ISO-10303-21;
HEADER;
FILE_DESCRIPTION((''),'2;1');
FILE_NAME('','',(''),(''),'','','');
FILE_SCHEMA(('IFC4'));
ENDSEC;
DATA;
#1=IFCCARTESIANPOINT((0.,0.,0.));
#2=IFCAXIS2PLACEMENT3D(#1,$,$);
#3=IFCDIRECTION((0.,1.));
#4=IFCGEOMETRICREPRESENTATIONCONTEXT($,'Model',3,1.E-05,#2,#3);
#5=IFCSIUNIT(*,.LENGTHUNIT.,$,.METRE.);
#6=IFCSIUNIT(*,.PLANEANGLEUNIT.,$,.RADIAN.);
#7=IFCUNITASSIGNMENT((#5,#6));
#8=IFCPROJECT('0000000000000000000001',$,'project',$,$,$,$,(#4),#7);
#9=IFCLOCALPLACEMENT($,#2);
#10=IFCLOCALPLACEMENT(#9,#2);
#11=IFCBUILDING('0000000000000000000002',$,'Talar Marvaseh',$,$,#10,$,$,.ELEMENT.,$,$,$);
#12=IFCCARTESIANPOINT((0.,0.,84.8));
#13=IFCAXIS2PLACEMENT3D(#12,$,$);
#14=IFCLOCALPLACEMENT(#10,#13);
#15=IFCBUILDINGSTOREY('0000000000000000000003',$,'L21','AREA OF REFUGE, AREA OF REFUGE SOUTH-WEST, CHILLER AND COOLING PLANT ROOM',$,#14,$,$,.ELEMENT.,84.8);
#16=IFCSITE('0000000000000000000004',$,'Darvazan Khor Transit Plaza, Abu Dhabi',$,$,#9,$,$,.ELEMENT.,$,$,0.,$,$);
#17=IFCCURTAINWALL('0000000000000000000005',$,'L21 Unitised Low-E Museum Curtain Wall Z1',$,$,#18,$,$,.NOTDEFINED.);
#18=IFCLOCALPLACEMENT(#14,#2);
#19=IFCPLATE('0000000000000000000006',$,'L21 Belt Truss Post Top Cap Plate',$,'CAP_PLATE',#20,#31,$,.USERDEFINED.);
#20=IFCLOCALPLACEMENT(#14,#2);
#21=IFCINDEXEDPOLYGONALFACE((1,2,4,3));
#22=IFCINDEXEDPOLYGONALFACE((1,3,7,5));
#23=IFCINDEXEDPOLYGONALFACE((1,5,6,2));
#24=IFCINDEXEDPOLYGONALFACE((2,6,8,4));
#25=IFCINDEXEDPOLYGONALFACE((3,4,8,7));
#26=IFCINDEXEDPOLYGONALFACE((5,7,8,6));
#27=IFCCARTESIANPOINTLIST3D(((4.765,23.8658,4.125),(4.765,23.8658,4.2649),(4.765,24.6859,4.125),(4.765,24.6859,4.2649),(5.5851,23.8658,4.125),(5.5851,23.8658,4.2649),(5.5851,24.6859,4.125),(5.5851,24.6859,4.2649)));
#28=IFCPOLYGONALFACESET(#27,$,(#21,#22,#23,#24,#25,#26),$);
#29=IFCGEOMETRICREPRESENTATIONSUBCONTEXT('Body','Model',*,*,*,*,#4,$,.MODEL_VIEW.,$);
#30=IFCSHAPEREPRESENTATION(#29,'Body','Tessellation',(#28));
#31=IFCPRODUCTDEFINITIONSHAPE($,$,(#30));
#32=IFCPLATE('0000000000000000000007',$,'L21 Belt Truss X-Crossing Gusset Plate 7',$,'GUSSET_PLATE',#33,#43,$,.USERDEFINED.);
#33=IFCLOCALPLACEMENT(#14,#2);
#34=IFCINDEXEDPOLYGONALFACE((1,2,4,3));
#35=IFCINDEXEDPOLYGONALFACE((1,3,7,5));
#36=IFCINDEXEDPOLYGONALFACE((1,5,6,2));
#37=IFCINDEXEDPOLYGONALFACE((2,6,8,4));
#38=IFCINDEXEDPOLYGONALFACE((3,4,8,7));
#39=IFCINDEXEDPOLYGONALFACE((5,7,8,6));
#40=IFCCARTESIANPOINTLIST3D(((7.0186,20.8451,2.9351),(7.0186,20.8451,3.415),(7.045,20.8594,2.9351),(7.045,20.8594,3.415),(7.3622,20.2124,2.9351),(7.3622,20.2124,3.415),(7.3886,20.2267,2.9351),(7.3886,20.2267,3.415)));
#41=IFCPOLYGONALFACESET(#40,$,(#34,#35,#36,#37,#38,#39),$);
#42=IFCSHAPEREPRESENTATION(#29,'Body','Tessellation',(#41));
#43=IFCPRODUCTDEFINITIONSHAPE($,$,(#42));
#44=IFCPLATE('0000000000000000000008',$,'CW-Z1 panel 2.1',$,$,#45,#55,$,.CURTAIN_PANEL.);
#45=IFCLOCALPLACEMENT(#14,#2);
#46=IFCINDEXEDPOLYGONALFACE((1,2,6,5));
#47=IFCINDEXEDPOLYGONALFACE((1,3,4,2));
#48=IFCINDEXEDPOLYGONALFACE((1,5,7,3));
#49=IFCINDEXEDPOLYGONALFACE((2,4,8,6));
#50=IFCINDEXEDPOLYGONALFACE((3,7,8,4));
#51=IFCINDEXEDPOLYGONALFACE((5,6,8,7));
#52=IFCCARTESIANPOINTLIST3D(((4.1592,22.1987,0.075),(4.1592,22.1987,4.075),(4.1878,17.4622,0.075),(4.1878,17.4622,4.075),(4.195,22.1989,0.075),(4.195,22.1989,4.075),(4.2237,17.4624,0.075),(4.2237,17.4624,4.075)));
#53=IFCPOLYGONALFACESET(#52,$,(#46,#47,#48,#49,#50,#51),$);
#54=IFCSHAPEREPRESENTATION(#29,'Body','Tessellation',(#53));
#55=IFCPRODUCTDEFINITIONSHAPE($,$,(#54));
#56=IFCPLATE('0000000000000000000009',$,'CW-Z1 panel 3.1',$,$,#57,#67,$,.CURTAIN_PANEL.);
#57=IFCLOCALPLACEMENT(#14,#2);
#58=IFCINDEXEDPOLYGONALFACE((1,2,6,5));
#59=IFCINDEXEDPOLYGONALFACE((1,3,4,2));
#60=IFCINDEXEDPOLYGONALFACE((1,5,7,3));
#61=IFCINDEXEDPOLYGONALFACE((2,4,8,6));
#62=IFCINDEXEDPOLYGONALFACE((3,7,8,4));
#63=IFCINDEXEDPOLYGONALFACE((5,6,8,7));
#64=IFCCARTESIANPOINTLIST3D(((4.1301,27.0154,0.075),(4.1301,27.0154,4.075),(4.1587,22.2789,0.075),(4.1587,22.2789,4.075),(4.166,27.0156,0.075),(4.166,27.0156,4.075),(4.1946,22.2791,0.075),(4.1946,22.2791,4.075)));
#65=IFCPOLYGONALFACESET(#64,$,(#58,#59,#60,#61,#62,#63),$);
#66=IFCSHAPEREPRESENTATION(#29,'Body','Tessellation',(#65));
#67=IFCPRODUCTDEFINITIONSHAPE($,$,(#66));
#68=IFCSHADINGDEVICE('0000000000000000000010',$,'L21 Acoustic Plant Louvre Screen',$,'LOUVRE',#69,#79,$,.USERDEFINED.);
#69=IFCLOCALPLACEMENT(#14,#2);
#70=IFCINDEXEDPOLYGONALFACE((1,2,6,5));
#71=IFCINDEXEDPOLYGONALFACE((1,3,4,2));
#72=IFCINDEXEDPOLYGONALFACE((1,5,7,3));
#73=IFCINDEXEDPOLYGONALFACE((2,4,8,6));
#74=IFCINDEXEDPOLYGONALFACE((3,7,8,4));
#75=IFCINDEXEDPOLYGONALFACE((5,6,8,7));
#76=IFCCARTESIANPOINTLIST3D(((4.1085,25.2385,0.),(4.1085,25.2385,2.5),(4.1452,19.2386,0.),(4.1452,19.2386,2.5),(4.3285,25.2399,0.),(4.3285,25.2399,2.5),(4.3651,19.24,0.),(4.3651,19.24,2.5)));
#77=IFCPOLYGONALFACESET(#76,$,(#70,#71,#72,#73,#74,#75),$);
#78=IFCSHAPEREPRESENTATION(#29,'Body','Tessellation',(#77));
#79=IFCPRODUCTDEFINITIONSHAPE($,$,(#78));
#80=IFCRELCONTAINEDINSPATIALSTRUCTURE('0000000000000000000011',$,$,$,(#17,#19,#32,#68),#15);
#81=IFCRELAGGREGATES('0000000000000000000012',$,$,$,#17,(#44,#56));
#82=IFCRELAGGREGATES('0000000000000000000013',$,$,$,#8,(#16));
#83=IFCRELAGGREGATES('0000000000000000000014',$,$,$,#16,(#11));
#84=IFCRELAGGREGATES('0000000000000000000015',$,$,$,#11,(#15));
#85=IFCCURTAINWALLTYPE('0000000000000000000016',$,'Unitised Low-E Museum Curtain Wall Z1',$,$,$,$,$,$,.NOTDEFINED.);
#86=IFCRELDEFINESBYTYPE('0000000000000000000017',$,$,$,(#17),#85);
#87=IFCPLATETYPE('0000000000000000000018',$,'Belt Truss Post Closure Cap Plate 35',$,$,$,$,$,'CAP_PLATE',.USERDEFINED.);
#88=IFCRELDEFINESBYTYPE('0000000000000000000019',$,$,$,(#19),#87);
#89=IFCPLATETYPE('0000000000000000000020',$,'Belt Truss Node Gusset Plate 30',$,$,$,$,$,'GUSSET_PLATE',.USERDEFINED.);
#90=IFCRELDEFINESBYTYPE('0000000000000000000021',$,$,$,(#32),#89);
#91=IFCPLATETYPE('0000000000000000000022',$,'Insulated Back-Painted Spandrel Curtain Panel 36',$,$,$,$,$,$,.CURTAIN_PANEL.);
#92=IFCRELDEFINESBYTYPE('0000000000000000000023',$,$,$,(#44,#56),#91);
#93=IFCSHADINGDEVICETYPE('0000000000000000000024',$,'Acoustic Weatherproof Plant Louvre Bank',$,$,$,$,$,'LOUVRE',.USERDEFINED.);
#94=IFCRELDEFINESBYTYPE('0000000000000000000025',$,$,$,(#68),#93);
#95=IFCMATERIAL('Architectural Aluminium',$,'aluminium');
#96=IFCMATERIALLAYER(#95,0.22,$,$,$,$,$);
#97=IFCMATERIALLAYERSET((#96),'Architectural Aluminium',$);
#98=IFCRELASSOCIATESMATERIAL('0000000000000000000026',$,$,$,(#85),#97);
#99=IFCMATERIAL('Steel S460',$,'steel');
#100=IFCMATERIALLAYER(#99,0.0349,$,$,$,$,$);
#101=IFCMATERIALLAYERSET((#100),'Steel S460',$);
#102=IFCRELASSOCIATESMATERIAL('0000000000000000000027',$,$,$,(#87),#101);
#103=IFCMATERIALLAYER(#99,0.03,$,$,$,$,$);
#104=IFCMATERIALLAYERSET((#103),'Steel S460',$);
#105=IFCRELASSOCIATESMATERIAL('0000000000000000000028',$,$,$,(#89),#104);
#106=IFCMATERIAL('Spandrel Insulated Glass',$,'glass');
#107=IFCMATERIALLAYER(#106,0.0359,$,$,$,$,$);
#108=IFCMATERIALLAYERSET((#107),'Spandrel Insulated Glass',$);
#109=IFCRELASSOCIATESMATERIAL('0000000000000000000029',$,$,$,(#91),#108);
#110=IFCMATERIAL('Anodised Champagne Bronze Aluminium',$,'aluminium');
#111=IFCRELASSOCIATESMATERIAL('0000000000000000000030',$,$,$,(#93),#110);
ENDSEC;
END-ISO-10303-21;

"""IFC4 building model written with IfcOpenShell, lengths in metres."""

from ifc_helpers import new_model, si_unit, direction, frame, origin, origin_2d, place, context, subcontext, project, spatial, rectangle, extrude, source, transform, mapped, material, layer, layer_set, type_object, type_shapes, element, aggregate, save


model = new_model("IFC4")

# Units and contexts
model_context = context("Model", 3, precision=1e-05, world=origin(), true_north=direction((0.0, 1.0)))
body_context = subcontext(model_context, "Body", "Model", "MODEL_VIEW")
ifc_project = project(units=[si_unit("LENGTHUNIT", "METRE"), si_unit("PLANEANGLEUNIT", "RADIAN")], contexts=[model_context])

# Site, building, storey
site_placement = place(None, origin())
site = spatial("IfcSite", under=ifc_project, at=site_placement, Name="Darvazan Khor Transit Plaza, Abu Dhabi", CompositionType="ELEMENT", RefElevation=0.0)
building_placement = place(site_placement, origin())
building = spatial("IfcBuilding", under=site, at=building_placement, Name="Talar Marvaseh", CompositionType="ELEMENT")
storey_placement = place(building_placement, frame((0.0, 0.0, 84.8)))
storey = spatial("IfcBuildingStorey", under=building, at=storey_placement, Name="L21", Description="AREA OF REFUGE, AREA OF REFUGE SOUTH-WEST, CHILLER AND COOLING PLANT ROOM", CompositionType="ELEMENT", Elevation=84.8)

# Shared definitions
ifc_material_1 = material(Name="Steel S460", Category="steel")

# Curtain wall
ifc_material_2 = material(Name="Architectural Aluminium", Category="aluminium")
ifc_layer_1 = layer(ifc_material_2, 0.22)
ifc_layer_set_1 = layer_set([ifc_layer_1], Name="Architectural Aluminium")
curtain_wall_type = type_object("IfcCurtainWallType", Name="Unitised Low-E Museum Curtain Wall Z1", PredefinedType="NOTDEFINED", material=ifc_layer_set_1)
curtain_wall_placement = place(storey_placement, origin())
curtain_wall = element("IfcCurtainWall", 1, at=curtain_wall_placement, inside=storey, type_object=curtain_wall_type, Name="L21 Unitised Low-E Museum Curtain Wall Z1", PredefinedType="NOTDEFINED")

# Plates
ifc_layer_2 = layer(ifc_material_1, 0.0349)
ifc_layer_set_2 = layer_set([ifc_layer_2], Name="Steel S460")
plate_type_1 = type_object("IfcPlateType", Name="Belt Truss Post Closure Cap Plate 35", ElementType="CAP_PLATE", PredefinedType="USERDEFINED", material=ifc_layer_set_2)
shared_shape_1 = source(origin(), body_context, "Body", "SweptSolid", [
    extrude(rectangle(XDim=0.8201, YDim=0.8201, at=origin_2d()), origin(), (0.0, 0.0, 1.0), 0.1399),
])
plate_1_placement = place(storey_placement, frame((5.175, 24.2759, 4.125), z_axis=(0.0, 0.0, 1.0), x_axis=(1.0, 0.0, 0.0)))
element("IfcPlate", 2, at=plate_1_placement, inside=storey, type_object=plate_type_1, Name="L21 Belt Truss Post Top Cap Plate", ObjectType="CAP_PLATE", PredefinedType="USERDEFINED", context=body_context, shape_type="MappedRepresentation", body=[
    mapped(shared_shape_1, transform((0.0, 0.0, 0.0), x_axis=(1.0, 0.0, 0.0), y_axis=(0.0, 1.0, 0.0), z_axis=(0.0, 0.0, 1.0), scale=1.0)),
])
ifc_layer_3 = layer(ifc_material_1, 0.03)
ifc_layer_set_3 = layer_set([ifc_layer_3], Name="Steel S460")
plate_type_2 = type_object("IfcPlateType", Name="Belt Truss Node Gusset Plate 30", ElementType="GUSSET_PLATE", PredefinedType="USERDEFINED", material=ifc_layer_set_3)
shared_shape_2 = source(origin(), body_context, "Body", "SweptSolid", [
    extrude(rectangle(XDim=0.72, YDim=0.03, at=origin_2d()), origin(), (0.0, 0.0, 1.0), 0.48),
])
type_shapes(plate_type_2, [shared_shape_2])
plate_2_placement = place(storey_placement, frame((7.2036, 20.5359, 2.9351), z_axis=(0.0, 0.0, 1.0), x_axis=(-0.477159, 0.878817, 0.0)))
element("IfcPlate", 3, at=plate_2_placement, inside=storey, type_object=plate_type_2, Name="L21 Belt Truss X-Crossing Gusset Plate 7", ObjectType="GUSSET_PLATE", PredefinedType="USERDEFINED", context=body_context, shape_type="MappedRepresentation", body=[
    mapped(shared_shape_2, transform((0.0, 0.0, 0.0), x_axis=(1.0, 0.0, 0.0), y_axis=(0.0, 1.0, 0.0), z_axis=(0.0, 0.0, 1.0), scale=1.0)),
])

# Plates
ifc_material_3 = material(Name="Spandrel Insulated Glass", Category="glass")
ifc_layer_4 = layer(ifc_material_3, 0.0359)
ifc_layer_set_4 = layer_set([ifc_layer_4], Name="Spandrel Insulated Glass")
plate_type_3 = type_object("IfcPlateType", Name="Insulated Back-Painted Spandrel Curtain Panel 36", PredefinedType="CURTAIN_PANEL", material=ifc_layer_set_4)
shared_shape_3 = source(origin(), body_context, "Body", "SweptSolid", [
    extrude(rectangle(XDim=4.7366, YDim=0.0359, at=origin_2d()), origin(), (0.0, 0.0, 1.0), 4.0),
])
type_shapes(plate_type_3, [shared_shape_3])
plate_3_placement = place(storey_placement, frame((4.1914, 19.8306, 0.075), z_axis=(0.0, 0.0, 1.0), x_axis=(-0.006042, 0.999982, 0.0)))
plate_3 = element("IfcPlate", 4, at=plate_3_placement, type_object=plate_type_3, Name="CW-Z1 panel 2.1", PredefinedType="CURTAIN_PANEL", context=body_context, shape_type="MappedRepresentation", body=[
    mapped(shared_shape_3, transform((0.0, 0.0, 0.0), x_axis=(1.0, 0.0, 0.0), y_axis=(0.0, 1.0, 0.0), z_axis=(0.0, 0.0, 1.0), scale=1.0)),
])
plate_4_placement = place(storey_placement, frame((4.1624, 24.6472, 0.075), z_axis=(0.0, 0.0, 1.0), x_axis=(-0.006042, 0.999982, 0.0)))
plate_4 = element("IfcPlate", 5, at=plate_4_placement, type_object=plate_type_3, Name="CW-Z1 panel 3.1", PredefinedType="CURTAIN_PANEL", context=body_context, shape_type="MappedRepresentation", body=[
    mapped(shared_shape_3, transform((0.0, 0.0, 0.0), x_axis=(1.0, 0.0, 0.0), y_axis=(0.0, 1.0, 0.0), z_axis=(0.0, 0.0, 1.0), scale=1.0)),
])
aggregate(curtain_wall, [plate_3, plate_4])

# Shading device
ifc_material_4 = material(Name="Anodised Champagne Bronze Aluminium", Category="aluminium")
shading_device_type = type_object("IfcShadingDeviceType", Name="Acoustic Weatherproof Plant Louvre Bank", ElementType="LOUVRE", PredefinedType="USERDEFINED", material=ifc_material_4)
shared_shape_4 = source(origin(), body_context, "Body", "SweptSolid", [
    extrude(rectangle(XDim=6.0, YDim=0.22, at=origin_2d()), origin(), (0.0, 0.0, 1.0), 2.5),
])
type_shapes(shading_device_type, [shared_shape_4])
shading_device_placement = place(storey_placement, frame((4.2368, 22.2393, 0.0), z_axis=(0.0, 0.0, 1.0), x_axis=(-0.006109, 0.999981, 0.0)))
element("IfcShadingDevice", 6, at=shading_device_placement, inside=storey, type_object=shading_device_type, Name="L21 Acoustic Plant Louvre Screen", ObjectType="LOUVRE", PredefinedType="USERDEFINED", context=body_context, shape_type="MappedRepresentation", body=[
    mapped(shared_shape_4, transform((0.0, 0.0, 0.0), x_axis=(1.0, 0.0, 0.0), y_axis=(0.0, 1.0, 0.0), z_axis=(0.0, 0.0, 1.0), scale=1.0)),
])

save(model, "model.ifc")
